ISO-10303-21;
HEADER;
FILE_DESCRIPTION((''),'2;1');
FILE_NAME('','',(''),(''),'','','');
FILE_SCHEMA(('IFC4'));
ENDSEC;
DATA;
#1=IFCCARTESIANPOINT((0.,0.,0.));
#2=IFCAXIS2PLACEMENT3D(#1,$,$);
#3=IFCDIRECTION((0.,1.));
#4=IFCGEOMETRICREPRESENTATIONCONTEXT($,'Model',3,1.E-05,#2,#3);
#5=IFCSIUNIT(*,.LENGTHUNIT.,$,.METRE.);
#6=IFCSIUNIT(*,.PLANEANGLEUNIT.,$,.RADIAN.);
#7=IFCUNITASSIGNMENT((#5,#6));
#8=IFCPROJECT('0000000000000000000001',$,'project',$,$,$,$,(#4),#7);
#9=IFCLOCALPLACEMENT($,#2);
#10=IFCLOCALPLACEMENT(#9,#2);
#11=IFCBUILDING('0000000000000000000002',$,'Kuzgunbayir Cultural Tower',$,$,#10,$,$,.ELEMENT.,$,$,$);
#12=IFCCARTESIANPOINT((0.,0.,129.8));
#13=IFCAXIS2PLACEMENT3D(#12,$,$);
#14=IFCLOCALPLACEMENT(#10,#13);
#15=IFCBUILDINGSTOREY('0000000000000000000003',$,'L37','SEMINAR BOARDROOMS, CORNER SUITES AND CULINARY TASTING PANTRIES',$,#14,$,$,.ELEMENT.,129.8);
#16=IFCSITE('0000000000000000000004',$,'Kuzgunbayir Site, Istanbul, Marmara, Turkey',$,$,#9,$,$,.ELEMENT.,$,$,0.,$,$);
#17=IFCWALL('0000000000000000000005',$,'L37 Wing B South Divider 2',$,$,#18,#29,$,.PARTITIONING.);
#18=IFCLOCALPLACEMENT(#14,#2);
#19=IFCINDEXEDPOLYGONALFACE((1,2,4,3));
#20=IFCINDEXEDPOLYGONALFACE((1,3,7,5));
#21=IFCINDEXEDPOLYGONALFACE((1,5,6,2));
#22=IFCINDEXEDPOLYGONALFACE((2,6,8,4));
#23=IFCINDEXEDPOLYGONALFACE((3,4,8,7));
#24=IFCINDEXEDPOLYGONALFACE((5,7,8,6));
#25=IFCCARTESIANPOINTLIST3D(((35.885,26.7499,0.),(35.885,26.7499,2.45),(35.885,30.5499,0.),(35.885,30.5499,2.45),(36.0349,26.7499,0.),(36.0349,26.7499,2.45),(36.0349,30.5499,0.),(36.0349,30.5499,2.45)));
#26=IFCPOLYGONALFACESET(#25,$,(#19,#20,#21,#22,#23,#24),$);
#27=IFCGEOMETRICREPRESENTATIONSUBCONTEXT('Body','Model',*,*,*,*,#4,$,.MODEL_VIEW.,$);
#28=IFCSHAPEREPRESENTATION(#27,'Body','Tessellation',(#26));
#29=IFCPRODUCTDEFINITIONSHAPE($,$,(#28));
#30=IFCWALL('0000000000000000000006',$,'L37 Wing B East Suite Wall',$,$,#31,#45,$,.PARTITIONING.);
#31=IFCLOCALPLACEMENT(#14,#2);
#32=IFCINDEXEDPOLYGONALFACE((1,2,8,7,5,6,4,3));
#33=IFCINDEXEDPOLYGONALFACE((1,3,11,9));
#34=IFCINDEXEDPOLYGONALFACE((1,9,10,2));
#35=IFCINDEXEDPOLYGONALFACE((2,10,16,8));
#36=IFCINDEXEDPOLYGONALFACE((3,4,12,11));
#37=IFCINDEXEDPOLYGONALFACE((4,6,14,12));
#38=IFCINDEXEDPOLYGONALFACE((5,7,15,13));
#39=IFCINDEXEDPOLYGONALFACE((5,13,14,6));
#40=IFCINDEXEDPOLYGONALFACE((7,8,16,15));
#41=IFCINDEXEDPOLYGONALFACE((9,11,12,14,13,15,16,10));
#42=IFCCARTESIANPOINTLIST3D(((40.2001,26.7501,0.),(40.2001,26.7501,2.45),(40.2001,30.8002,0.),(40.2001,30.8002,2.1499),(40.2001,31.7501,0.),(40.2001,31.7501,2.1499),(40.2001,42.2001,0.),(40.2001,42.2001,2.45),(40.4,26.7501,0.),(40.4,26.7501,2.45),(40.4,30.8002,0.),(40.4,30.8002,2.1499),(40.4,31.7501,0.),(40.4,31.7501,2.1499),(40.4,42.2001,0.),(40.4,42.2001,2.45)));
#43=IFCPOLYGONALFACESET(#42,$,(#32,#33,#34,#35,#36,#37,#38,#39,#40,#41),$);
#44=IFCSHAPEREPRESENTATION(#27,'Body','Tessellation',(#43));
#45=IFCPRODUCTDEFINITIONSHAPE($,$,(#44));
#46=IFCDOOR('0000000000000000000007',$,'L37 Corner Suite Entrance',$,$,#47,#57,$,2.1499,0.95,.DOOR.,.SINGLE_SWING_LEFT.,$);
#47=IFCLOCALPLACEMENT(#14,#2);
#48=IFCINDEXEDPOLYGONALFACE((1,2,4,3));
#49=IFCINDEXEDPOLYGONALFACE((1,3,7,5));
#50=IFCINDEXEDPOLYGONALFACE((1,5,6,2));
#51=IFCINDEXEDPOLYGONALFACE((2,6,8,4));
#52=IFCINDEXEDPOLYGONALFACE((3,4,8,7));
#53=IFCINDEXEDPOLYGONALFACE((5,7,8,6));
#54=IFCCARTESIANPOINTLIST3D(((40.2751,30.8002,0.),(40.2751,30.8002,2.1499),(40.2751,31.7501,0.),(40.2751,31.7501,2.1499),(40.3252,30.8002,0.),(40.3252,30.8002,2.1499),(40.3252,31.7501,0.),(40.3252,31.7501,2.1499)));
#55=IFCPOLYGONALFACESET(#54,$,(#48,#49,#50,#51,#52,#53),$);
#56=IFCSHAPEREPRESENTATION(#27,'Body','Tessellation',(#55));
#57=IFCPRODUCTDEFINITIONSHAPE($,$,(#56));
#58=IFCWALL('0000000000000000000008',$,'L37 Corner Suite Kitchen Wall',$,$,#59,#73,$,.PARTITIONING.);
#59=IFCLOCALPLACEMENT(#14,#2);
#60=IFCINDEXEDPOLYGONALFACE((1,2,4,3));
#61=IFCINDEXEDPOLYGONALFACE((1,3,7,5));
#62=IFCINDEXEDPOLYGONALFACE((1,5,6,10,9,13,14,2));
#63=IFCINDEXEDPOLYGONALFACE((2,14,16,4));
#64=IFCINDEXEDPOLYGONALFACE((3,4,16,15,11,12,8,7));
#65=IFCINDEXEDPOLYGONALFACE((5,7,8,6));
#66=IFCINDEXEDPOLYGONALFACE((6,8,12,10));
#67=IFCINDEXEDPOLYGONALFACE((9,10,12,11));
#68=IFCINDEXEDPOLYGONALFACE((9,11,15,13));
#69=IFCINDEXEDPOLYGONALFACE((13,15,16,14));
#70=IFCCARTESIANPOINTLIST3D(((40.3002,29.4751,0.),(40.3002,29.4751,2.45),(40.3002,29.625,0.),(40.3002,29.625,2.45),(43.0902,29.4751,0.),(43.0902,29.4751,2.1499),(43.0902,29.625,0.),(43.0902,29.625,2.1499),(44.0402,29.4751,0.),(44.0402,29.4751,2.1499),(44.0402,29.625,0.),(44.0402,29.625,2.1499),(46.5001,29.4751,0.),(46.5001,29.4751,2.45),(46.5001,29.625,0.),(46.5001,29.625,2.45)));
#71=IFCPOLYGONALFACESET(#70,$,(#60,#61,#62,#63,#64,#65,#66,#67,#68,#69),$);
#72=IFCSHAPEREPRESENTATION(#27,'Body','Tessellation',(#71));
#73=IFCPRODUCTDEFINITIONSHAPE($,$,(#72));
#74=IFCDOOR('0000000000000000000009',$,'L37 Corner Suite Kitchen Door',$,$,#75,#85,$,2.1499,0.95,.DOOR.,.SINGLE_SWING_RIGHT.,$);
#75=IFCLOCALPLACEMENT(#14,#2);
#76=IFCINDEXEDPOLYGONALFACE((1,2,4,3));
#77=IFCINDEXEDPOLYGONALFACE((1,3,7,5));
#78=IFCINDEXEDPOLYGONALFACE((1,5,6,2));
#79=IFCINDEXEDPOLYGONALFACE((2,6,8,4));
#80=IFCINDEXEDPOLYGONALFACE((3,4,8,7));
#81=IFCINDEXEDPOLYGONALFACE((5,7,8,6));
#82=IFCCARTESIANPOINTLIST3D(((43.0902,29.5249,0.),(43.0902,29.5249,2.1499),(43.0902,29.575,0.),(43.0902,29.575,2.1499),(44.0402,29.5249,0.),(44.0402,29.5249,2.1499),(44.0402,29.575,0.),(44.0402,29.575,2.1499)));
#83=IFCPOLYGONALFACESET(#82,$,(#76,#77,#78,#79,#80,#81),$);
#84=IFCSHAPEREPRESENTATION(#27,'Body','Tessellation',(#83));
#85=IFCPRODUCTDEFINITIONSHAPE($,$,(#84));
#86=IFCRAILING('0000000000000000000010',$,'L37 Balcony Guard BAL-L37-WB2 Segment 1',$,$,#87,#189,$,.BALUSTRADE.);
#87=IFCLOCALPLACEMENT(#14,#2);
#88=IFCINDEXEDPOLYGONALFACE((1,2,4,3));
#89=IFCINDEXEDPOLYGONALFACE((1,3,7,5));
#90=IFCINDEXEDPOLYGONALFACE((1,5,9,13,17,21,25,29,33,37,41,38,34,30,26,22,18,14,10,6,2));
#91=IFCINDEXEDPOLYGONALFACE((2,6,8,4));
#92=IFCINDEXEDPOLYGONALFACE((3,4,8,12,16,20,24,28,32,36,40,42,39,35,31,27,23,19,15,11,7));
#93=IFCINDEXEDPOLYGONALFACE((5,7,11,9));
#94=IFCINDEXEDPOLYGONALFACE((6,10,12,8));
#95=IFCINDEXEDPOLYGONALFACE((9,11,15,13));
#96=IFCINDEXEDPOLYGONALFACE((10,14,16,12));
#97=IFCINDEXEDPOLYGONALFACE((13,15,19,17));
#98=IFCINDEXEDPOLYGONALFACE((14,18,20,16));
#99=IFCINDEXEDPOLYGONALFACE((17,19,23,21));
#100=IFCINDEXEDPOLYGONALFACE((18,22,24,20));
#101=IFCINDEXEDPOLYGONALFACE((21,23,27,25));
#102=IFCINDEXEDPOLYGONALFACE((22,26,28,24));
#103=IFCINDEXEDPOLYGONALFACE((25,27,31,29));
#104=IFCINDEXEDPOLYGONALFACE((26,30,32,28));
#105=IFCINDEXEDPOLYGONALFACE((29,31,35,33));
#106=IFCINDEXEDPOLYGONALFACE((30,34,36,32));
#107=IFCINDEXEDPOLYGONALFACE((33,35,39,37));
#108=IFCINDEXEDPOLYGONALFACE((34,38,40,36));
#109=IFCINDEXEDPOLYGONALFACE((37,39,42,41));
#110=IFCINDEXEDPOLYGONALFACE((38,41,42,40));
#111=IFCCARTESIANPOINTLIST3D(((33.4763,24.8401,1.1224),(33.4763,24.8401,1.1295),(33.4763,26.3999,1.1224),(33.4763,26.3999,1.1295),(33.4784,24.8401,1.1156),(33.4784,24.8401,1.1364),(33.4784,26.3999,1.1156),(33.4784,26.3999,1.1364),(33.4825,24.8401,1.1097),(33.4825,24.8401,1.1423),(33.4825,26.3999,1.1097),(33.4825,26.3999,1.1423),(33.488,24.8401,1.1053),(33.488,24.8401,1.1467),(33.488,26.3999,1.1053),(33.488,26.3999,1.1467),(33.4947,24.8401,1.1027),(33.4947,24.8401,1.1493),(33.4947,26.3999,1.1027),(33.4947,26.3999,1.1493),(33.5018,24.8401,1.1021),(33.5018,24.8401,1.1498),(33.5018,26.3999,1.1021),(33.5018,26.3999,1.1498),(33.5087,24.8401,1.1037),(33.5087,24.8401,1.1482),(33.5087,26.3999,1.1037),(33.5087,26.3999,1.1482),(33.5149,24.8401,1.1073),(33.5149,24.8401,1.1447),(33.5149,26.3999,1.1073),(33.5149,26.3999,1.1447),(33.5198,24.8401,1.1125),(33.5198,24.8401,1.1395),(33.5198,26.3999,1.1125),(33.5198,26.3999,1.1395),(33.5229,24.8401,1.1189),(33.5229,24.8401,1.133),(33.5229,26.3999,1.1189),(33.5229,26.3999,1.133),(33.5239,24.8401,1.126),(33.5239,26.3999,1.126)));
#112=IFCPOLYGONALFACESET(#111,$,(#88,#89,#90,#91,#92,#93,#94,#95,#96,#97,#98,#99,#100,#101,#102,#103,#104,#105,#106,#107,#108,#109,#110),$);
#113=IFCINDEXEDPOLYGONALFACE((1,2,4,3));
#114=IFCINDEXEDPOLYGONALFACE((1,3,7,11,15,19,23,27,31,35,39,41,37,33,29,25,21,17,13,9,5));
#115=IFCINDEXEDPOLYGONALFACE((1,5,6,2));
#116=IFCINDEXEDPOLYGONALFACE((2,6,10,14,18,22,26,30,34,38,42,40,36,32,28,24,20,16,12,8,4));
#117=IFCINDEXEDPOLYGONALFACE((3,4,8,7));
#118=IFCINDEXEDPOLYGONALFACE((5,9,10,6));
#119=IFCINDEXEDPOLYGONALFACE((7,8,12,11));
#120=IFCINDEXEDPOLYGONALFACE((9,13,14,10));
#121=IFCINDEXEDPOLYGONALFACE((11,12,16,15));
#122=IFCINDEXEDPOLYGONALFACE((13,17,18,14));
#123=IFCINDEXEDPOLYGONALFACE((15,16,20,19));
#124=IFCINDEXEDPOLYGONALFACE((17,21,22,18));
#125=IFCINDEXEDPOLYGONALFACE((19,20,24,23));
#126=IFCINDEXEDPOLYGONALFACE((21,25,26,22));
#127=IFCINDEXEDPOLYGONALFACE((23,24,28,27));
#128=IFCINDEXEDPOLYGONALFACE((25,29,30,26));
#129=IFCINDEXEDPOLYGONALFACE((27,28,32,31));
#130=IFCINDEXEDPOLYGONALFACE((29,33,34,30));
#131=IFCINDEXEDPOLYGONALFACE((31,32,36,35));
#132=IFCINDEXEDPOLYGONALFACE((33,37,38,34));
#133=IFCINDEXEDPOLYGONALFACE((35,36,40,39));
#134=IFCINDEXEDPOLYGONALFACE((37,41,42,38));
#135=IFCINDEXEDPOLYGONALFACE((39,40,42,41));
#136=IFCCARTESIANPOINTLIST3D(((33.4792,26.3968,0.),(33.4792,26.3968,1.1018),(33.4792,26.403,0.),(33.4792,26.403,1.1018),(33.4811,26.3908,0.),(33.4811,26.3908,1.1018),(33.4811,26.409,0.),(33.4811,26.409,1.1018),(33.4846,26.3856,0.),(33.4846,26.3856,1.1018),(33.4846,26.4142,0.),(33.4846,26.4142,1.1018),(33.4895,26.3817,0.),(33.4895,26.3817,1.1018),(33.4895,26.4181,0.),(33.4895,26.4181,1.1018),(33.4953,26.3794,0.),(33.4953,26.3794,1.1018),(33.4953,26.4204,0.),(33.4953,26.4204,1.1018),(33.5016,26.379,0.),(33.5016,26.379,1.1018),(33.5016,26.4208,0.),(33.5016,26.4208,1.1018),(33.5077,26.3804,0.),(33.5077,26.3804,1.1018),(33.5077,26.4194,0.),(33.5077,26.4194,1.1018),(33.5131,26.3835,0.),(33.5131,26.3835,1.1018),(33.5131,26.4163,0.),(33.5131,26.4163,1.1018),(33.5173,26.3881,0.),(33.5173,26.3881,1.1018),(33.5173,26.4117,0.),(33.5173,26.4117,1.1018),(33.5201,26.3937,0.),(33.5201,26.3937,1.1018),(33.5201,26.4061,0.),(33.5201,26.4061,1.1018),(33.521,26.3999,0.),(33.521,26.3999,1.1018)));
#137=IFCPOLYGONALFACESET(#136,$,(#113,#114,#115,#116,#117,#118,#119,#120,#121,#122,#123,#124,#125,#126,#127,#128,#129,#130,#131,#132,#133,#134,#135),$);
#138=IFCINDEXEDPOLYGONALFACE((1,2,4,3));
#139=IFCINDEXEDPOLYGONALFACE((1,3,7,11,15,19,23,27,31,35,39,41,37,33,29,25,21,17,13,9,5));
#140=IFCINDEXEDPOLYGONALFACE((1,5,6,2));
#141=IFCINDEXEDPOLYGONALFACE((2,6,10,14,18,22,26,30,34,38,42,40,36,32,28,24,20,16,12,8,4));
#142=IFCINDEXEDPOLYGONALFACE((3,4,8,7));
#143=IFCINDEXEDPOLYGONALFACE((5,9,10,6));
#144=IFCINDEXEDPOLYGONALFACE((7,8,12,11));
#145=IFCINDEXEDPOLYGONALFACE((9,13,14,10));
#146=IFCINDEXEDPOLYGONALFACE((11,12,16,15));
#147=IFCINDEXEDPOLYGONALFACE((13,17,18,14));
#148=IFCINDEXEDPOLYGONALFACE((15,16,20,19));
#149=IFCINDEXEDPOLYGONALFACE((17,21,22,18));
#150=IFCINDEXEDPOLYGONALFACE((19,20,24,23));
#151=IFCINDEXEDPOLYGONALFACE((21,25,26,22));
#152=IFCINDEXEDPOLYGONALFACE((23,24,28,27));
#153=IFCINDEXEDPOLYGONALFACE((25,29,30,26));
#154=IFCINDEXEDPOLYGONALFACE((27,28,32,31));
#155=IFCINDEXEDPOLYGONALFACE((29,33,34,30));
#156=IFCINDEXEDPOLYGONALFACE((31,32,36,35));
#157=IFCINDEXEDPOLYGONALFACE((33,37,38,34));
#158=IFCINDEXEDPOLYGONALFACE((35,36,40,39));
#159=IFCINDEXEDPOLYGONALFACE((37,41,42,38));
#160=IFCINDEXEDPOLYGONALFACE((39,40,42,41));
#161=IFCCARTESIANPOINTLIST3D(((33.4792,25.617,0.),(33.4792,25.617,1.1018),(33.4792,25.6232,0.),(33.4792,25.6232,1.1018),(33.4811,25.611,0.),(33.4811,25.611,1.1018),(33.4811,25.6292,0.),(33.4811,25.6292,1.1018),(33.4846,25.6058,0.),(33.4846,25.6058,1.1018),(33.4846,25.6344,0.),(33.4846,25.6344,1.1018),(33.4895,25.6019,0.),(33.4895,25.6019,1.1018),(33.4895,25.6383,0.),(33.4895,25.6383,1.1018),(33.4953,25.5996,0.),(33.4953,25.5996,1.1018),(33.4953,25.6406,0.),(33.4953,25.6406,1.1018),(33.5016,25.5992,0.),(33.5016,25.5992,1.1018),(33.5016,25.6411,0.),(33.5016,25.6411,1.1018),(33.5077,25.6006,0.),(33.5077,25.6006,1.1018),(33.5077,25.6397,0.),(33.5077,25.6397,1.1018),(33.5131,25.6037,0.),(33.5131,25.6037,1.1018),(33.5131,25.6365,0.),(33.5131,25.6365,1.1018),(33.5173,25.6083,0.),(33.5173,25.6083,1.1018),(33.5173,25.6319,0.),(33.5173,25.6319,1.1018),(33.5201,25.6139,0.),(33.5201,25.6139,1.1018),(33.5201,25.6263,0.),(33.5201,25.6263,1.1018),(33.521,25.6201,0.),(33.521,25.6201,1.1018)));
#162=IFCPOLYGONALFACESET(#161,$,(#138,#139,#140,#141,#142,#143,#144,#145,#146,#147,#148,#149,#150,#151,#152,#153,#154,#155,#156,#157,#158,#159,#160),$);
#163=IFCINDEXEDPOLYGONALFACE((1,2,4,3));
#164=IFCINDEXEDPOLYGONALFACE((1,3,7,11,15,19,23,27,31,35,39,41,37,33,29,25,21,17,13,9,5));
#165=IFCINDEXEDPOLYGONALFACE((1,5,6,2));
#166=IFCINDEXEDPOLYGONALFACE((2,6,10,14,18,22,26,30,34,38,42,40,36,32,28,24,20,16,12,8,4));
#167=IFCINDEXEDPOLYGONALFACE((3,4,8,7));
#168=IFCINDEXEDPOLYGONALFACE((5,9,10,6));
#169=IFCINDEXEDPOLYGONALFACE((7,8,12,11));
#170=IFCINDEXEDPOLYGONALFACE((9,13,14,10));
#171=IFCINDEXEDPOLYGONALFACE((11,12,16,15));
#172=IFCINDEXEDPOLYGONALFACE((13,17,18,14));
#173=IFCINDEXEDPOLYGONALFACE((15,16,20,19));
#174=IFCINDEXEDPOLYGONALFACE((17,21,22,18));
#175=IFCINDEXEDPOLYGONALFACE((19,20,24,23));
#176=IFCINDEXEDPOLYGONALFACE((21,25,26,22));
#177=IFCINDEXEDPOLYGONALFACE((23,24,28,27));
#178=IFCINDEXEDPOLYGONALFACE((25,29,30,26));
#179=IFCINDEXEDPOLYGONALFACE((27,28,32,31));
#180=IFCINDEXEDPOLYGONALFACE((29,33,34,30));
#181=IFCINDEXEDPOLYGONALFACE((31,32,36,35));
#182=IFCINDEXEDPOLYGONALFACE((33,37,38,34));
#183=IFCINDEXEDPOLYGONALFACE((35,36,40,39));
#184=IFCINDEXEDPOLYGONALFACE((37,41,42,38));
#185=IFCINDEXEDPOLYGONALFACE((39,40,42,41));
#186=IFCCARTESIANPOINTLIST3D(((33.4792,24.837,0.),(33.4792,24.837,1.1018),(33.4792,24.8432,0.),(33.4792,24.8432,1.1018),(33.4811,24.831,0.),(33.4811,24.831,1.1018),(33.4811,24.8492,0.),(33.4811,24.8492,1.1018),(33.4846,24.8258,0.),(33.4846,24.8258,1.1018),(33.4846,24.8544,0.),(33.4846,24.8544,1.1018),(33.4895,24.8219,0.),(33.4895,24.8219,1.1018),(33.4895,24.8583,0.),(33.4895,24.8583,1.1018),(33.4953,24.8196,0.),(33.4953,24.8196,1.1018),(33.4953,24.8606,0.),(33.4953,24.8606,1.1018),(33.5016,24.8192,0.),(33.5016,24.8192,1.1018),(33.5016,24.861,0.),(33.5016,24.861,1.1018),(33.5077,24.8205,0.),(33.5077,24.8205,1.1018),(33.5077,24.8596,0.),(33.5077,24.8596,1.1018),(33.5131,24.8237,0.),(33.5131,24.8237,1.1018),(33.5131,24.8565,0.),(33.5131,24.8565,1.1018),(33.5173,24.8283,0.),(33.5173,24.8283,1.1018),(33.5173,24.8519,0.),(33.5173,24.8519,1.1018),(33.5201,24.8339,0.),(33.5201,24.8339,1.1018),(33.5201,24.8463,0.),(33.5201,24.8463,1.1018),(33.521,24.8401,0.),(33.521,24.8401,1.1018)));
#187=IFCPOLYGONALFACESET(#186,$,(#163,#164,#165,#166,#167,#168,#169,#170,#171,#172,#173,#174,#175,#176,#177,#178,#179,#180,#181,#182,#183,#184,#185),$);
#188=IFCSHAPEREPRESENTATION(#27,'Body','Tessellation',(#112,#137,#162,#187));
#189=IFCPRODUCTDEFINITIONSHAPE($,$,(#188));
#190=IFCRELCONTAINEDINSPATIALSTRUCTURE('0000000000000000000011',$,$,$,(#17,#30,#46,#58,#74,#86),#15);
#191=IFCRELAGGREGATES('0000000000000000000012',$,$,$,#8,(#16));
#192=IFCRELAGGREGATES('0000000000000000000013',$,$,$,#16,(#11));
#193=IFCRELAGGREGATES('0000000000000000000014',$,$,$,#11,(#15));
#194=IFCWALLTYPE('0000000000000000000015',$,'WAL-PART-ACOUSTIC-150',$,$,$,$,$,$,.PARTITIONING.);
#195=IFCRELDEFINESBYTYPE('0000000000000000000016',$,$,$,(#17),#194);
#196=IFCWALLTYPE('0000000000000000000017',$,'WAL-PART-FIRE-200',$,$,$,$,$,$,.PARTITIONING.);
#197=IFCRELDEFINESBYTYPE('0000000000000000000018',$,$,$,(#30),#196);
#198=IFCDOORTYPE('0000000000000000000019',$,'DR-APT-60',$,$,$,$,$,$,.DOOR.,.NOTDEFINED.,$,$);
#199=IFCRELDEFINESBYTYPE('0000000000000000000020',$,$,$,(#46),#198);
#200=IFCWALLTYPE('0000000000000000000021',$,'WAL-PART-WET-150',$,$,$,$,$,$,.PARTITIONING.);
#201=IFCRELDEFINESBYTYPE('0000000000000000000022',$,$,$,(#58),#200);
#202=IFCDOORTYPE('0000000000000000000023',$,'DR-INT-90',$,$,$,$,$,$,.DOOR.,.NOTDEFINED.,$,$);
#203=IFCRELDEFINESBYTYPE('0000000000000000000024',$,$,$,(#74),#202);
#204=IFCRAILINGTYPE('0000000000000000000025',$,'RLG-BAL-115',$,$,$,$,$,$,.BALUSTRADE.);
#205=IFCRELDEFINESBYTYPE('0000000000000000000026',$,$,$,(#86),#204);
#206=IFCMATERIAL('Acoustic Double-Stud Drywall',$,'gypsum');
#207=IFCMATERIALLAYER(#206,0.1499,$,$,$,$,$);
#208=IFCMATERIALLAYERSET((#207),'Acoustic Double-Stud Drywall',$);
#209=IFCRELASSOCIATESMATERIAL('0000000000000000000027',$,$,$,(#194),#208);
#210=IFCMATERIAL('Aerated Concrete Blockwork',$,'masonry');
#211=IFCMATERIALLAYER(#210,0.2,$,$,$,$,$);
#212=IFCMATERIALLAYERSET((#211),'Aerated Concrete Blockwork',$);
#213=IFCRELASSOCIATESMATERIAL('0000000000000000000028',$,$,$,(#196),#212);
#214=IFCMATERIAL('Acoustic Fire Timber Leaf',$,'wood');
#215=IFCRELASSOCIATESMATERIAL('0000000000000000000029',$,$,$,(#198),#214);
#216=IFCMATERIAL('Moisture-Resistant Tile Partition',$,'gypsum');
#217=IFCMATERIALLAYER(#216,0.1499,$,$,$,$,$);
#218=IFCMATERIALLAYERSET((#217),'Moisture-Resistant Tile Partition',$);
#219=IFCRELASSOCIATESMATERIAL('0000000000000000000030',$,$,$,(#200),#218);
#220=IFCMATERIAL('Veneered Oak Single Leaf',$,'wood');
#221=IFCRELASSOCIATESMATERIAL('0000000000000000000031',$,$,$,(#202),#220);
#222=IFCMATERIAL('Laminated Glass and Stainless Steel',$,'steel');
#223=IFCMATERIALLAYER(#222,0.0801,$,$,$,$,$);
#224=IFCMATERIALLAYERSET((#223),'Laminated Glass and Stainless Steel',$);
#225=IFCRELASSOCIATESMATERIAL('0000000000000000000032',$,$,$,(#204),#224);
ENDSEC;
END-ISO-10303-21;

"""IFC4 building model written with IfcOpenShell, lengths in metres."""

from ifc_helpers import new_model, si_unit, direction, frame, frame_2d, origin, origin_2d, place, context, subcontext, project, spatial, rectangle, circle, extrude, material, layer, layer_set, type_object, element, fill, save


model = new_model("IFC4")

# Units and contexts
model_context = context("Model", 3, precision=1e-05, world=origin(), true_north=direction((0.0, 1.0)))
body_context = subcontext(model_context, "Body", "Model", "MODEL_VIEW")
ifc_project = project(units=[si_unit("LENGTHUNIT", "METRE"), si_unit("PLANEANGLEUNIT", "RADIAN")], contexts=[model_context])

# Site, building, storey
site_placement = place(None, origin())
site = spatial("IfcSite", under=ifc_project, at=site_placement, Name="Kuzgunbayir Site, Istanbul, Marmara, Turkey", CompositionType="ELEMENT", RefElevation=0.0)
building_placement = place(site_placement, origin())
building = spatial("IfcBuilding", under=site, at=building_placement, Name="Kuzgunbayir Cultural Tower", CompositionType="ELEMENT")
storey_placement = place(building_placement, frame((0.0, 0.0, 129.8)))
storey = spatial("IfcBuildingStorey", under=building, at=storey_placement, Name="L37", Description="SEMINAR BOARDROOMS, CORNER SUITES AND CULINARY TASTING PANTRIES", CompositionType="ELEMENT", Elevation=129.8)

# Wall
ifc_material_1 = material(Name="Acoustic Double-Stud Drywall", Category="gypsum")
ifc_layer_1 = layer(ifc_material_1, 0.1499)
ifc_layer_set_1 = layer_set([ifc_layer_1], Name="Acoustic Double-Stud Drywall")
wall_type_1 = type_object("IfcWallType", Name="WAL-PART-ACOUSTIC-150", PredefinedType="PARTITIONING", material=ifc_layer_set_1)
for number, where, z_axis, x_axis, name in (
    (1, (35.96, 26.75, 0.0), (0.0, 0.0, 1.0), (0.0, 1.0, 0.0), "L37 Wing B South Divider 2"),
):
    element("IfcWall", number, at=place(storey_placement, frame(where, z_axis=z_axis, x_axis=x_axis)), inside=storey, type_object=wall_type_1, Name=name, PredefinedType="PARTITIONING", context=body_context, shape_type="SweptSolid", body=[
        extrude(rectangle(XDim=3.8, YDim=0.1499, at=frame_2d((1.8999, 0.0))), origin(), (0.0, 0.0, 1.0), 2.45),
    ])

# Walls, openings, doors
ifc_material_2 = material(Name="Aerated Concrete Blockwork", Category="masonry")
ifc_layer_2 = layer(ifc_material_2, 0.2)
ifc_layer_set_2 = layer_set([ifc_layer_2], Name="Aerated Concrete Blockwork")
wall_type_2 = type_object("IfcWallType", Name="WAL-PART-FIRE-200", PredefinedType="PARTITIONING", material=ifc_layer_set_2)
wall_1_placement = place(storey_placement, frame((40.3, 26.75, 0.0), z_axis=(0.0, 0.0, 1.0), x_axis=(0.0, 1.0, 0.0)))
wall_1 = element("IfcWall", 2, at=wall_1_placement, inside=storey, type_object=wall_type_2, Name="L37 Wing B East Suite Wall", PredefinedType="PARTITIONING", context=body_context, shape_type="SweptSolid", body=[
    extrude(rectangle(XDim=15.45, YDim=0.2, at=frame_2d((7.7251, 0.0))), origin(), (0.0, 0.0, 1.0), 2.45),
])
opening_1_placement = place(wall_1_placement, frame((4.05, 0.0, 0.0)))
opening_1 = element("IfcOpeningElement", 3, at=opening_1_placement, cuts=wall_1, PredefinedType="OPENING", context=body_context, shape_type="SweptSolid", body=[
    extrude(rectangle(XDim=0.95, YDim=2.1499, at=frame_2d((0.4751, 1.075))), frame((0.0, 0.1099, 0.0), z_axis=(0.0, -1.0, 0.0), x_axis=(1.0, 0.0, 0.0)), (0.0, 0.0, 1.0), 0.22),
])
ifc_material_3 = material(Name="Acoustic Fire Timber Leaf", Category="wood")
door_type_1 = type_object("IfcDoorType", Name="DR-APT-60", OperationType="NOTDEFINED", PredefinedType="DOOR", material=ifc_material_3)
door_1_placement = place(opening_1_placement, origin())
door_1 = element("IfcDoor", 4, at=door_1_placement, inside=storey, type_object=door_type_1, Name="L37 Corner Suite Entrance", OperationType="SINGLE_SWING_LEFT", OverallHeight=2.1499, OverallWidth=0.95, PredefinedType="DOOR", context=body_context, shape_type="SweptSolid", body=[
    extrude(rectangle(XDim=0.95, YDim=2.1499, at=frame_2d((0.4751, 1.075))), frame((0.0, 0.0249, 0.0), z_axis=(0.0, -1.0, 0.0), x_axis=(1.0, 0.0, 0.0)), (0.0, 0.0, 1.0), 0.05),
])
fill(opening_1, door_1)
ifc_material_4 = material(Name="Moisture-Resistant Tile Partition", Category="gypsum")
ifc_layer_3 = layer(ifc_material_4, 0.1499)
ifc_layer_set_3 = layer_set([ifc_layer_3], Name="Moisture-Resistant Tile Partition")
wall_type_3 = type_object("IfcWallType", Name="WAL-PART-WET-150", PredefinedType="PARTITIONING", material=ifc_layer_set_3)
wall_2_placement = place(storey_placement, frame((40.3, 29.55, 0.0), z_axis=(0.0, 0.0, 1.0), x_axis=(1.0, 0.0, 0.0)))
wall_2 = element("IfcWall", 5, at=wall_2_placement, inside=storey, type_object=wall_type_3, Name="L37 Corner Suite Kitchen Wall", PredefinedType="PARTITIONING", context=body_context, shape_type="SweptSolid", body=[
    extrude(rectangle(XDim=6.2, YDim=0.1499, at=frame_2d((3.1001, 0.0))), origin(), (0.0, 0.0, 1.0), 2.45),
])
opening_2_placement = place(wall_2_placement, frame((2.79, 0.0, 0.0)))
opening_2 = element("IfcOpeningElement", 6, at=opening_2_placement, cuts=wall_2, PredefinedType="OPENING", context=body_context, shape_type="SweptSolid", body=[
    extrude(rectangle(XDim=0.95, YDim=2.1499, at=frame_2d((0.4751, 1.075))), frame((0.0, 0.085, 0.0), z_axis=(0.0, -1.0, 0.0), x_axis=(1.0, 0.0, 0.0)), (0.0, 0.0, 1.0), 0.1699),
])
ifc_material_5 = material(Name="Veneered Oak Single Leaf", Category="wood")
door_type_2 = type_object("IfcDoorType", Name="DR-INT-90", OperationType="NOTDEFINED", PredefinedType="DOOR", material=ifc_material_5)
door_2_placement = place(opening_2_placement, origin())
door_2 = element("IfcDoor", 7, at=door_2_placement, inside=storey, type_object=door_type_2, Name="L37 Corner Suite Kitchen Door", OperationType="SINGLE_SWING_RIGHT", OverallHeight=2.1499, OverallWidth=0.95, PredefinedType="DOOR", context=body_context, shape_type="SweptSolid", body=[
    extrude(rectangle(XDim=0.95, YDim=2.1499, at=frame_2d((0.4751, 1.075))), frame((0.0, 0.0249, 0.0), z_axis=(0.0, -1.0, 0.0), x_axis=(1.0, 0.0, 0.0)), (0.0, 0.0, 1.0), 0.05),
])
fill(opening_2, door_2)

# Railing
ifc_material_6 = material(Name="Laminated Glass and Stainless Steel", Category="steel")
ifc_layer_4 = layer(ifc_material_6, 0.0801)
ifc_layer_set_4 = layer_set([ifc_layer_4], Name="Laminated Glass and Stainless Steel")
railing_type = type_object("IfcRailingType", Name="RLG-BAL-115", PredefinedType="BALUSTRADE", material=ifc_layer_set_4)
railing_1_placement = place(storey_placement, frame((33.5, 26.3999, 0.0)))
element("IfcRailing", 8, at=railing_1_placement, inside=storey, type_object=railing_type, Name="L37 Balcony Guard BAL-L37-WB2 Segment 1", PredefinedType="BALUSTRADE", context=body_context, shape_type="SweptSolid", body=[
    extrude(circle(Radius=0.0239, at=origin_2d()), frame((0.0, 0.0, 1.126), z_axis=(0.0, -1.0, 0.0), x_axis=(1.0, 0.0, 0.0)), (0.0, 0.0, 1.0), 1.5598),
    extrude(circle(Radius=0.021, at=origin_2d()), origin(), (0.0, 0.0, 1.0), 1.1018),
    extrude(circle(Radius=0.021, at=origin_2d()), frame((0.0, -0.7798, 0.0)), (0.0, 0.0, 1.0), 1.1018),
    extrude(circle(Radius=0.021, at=origin_2d()), frame((0.0, -1.5598, 0.0)), (0.0, 0.0, 1.0), 1.1018),
])

save(model, "model.ifc")
